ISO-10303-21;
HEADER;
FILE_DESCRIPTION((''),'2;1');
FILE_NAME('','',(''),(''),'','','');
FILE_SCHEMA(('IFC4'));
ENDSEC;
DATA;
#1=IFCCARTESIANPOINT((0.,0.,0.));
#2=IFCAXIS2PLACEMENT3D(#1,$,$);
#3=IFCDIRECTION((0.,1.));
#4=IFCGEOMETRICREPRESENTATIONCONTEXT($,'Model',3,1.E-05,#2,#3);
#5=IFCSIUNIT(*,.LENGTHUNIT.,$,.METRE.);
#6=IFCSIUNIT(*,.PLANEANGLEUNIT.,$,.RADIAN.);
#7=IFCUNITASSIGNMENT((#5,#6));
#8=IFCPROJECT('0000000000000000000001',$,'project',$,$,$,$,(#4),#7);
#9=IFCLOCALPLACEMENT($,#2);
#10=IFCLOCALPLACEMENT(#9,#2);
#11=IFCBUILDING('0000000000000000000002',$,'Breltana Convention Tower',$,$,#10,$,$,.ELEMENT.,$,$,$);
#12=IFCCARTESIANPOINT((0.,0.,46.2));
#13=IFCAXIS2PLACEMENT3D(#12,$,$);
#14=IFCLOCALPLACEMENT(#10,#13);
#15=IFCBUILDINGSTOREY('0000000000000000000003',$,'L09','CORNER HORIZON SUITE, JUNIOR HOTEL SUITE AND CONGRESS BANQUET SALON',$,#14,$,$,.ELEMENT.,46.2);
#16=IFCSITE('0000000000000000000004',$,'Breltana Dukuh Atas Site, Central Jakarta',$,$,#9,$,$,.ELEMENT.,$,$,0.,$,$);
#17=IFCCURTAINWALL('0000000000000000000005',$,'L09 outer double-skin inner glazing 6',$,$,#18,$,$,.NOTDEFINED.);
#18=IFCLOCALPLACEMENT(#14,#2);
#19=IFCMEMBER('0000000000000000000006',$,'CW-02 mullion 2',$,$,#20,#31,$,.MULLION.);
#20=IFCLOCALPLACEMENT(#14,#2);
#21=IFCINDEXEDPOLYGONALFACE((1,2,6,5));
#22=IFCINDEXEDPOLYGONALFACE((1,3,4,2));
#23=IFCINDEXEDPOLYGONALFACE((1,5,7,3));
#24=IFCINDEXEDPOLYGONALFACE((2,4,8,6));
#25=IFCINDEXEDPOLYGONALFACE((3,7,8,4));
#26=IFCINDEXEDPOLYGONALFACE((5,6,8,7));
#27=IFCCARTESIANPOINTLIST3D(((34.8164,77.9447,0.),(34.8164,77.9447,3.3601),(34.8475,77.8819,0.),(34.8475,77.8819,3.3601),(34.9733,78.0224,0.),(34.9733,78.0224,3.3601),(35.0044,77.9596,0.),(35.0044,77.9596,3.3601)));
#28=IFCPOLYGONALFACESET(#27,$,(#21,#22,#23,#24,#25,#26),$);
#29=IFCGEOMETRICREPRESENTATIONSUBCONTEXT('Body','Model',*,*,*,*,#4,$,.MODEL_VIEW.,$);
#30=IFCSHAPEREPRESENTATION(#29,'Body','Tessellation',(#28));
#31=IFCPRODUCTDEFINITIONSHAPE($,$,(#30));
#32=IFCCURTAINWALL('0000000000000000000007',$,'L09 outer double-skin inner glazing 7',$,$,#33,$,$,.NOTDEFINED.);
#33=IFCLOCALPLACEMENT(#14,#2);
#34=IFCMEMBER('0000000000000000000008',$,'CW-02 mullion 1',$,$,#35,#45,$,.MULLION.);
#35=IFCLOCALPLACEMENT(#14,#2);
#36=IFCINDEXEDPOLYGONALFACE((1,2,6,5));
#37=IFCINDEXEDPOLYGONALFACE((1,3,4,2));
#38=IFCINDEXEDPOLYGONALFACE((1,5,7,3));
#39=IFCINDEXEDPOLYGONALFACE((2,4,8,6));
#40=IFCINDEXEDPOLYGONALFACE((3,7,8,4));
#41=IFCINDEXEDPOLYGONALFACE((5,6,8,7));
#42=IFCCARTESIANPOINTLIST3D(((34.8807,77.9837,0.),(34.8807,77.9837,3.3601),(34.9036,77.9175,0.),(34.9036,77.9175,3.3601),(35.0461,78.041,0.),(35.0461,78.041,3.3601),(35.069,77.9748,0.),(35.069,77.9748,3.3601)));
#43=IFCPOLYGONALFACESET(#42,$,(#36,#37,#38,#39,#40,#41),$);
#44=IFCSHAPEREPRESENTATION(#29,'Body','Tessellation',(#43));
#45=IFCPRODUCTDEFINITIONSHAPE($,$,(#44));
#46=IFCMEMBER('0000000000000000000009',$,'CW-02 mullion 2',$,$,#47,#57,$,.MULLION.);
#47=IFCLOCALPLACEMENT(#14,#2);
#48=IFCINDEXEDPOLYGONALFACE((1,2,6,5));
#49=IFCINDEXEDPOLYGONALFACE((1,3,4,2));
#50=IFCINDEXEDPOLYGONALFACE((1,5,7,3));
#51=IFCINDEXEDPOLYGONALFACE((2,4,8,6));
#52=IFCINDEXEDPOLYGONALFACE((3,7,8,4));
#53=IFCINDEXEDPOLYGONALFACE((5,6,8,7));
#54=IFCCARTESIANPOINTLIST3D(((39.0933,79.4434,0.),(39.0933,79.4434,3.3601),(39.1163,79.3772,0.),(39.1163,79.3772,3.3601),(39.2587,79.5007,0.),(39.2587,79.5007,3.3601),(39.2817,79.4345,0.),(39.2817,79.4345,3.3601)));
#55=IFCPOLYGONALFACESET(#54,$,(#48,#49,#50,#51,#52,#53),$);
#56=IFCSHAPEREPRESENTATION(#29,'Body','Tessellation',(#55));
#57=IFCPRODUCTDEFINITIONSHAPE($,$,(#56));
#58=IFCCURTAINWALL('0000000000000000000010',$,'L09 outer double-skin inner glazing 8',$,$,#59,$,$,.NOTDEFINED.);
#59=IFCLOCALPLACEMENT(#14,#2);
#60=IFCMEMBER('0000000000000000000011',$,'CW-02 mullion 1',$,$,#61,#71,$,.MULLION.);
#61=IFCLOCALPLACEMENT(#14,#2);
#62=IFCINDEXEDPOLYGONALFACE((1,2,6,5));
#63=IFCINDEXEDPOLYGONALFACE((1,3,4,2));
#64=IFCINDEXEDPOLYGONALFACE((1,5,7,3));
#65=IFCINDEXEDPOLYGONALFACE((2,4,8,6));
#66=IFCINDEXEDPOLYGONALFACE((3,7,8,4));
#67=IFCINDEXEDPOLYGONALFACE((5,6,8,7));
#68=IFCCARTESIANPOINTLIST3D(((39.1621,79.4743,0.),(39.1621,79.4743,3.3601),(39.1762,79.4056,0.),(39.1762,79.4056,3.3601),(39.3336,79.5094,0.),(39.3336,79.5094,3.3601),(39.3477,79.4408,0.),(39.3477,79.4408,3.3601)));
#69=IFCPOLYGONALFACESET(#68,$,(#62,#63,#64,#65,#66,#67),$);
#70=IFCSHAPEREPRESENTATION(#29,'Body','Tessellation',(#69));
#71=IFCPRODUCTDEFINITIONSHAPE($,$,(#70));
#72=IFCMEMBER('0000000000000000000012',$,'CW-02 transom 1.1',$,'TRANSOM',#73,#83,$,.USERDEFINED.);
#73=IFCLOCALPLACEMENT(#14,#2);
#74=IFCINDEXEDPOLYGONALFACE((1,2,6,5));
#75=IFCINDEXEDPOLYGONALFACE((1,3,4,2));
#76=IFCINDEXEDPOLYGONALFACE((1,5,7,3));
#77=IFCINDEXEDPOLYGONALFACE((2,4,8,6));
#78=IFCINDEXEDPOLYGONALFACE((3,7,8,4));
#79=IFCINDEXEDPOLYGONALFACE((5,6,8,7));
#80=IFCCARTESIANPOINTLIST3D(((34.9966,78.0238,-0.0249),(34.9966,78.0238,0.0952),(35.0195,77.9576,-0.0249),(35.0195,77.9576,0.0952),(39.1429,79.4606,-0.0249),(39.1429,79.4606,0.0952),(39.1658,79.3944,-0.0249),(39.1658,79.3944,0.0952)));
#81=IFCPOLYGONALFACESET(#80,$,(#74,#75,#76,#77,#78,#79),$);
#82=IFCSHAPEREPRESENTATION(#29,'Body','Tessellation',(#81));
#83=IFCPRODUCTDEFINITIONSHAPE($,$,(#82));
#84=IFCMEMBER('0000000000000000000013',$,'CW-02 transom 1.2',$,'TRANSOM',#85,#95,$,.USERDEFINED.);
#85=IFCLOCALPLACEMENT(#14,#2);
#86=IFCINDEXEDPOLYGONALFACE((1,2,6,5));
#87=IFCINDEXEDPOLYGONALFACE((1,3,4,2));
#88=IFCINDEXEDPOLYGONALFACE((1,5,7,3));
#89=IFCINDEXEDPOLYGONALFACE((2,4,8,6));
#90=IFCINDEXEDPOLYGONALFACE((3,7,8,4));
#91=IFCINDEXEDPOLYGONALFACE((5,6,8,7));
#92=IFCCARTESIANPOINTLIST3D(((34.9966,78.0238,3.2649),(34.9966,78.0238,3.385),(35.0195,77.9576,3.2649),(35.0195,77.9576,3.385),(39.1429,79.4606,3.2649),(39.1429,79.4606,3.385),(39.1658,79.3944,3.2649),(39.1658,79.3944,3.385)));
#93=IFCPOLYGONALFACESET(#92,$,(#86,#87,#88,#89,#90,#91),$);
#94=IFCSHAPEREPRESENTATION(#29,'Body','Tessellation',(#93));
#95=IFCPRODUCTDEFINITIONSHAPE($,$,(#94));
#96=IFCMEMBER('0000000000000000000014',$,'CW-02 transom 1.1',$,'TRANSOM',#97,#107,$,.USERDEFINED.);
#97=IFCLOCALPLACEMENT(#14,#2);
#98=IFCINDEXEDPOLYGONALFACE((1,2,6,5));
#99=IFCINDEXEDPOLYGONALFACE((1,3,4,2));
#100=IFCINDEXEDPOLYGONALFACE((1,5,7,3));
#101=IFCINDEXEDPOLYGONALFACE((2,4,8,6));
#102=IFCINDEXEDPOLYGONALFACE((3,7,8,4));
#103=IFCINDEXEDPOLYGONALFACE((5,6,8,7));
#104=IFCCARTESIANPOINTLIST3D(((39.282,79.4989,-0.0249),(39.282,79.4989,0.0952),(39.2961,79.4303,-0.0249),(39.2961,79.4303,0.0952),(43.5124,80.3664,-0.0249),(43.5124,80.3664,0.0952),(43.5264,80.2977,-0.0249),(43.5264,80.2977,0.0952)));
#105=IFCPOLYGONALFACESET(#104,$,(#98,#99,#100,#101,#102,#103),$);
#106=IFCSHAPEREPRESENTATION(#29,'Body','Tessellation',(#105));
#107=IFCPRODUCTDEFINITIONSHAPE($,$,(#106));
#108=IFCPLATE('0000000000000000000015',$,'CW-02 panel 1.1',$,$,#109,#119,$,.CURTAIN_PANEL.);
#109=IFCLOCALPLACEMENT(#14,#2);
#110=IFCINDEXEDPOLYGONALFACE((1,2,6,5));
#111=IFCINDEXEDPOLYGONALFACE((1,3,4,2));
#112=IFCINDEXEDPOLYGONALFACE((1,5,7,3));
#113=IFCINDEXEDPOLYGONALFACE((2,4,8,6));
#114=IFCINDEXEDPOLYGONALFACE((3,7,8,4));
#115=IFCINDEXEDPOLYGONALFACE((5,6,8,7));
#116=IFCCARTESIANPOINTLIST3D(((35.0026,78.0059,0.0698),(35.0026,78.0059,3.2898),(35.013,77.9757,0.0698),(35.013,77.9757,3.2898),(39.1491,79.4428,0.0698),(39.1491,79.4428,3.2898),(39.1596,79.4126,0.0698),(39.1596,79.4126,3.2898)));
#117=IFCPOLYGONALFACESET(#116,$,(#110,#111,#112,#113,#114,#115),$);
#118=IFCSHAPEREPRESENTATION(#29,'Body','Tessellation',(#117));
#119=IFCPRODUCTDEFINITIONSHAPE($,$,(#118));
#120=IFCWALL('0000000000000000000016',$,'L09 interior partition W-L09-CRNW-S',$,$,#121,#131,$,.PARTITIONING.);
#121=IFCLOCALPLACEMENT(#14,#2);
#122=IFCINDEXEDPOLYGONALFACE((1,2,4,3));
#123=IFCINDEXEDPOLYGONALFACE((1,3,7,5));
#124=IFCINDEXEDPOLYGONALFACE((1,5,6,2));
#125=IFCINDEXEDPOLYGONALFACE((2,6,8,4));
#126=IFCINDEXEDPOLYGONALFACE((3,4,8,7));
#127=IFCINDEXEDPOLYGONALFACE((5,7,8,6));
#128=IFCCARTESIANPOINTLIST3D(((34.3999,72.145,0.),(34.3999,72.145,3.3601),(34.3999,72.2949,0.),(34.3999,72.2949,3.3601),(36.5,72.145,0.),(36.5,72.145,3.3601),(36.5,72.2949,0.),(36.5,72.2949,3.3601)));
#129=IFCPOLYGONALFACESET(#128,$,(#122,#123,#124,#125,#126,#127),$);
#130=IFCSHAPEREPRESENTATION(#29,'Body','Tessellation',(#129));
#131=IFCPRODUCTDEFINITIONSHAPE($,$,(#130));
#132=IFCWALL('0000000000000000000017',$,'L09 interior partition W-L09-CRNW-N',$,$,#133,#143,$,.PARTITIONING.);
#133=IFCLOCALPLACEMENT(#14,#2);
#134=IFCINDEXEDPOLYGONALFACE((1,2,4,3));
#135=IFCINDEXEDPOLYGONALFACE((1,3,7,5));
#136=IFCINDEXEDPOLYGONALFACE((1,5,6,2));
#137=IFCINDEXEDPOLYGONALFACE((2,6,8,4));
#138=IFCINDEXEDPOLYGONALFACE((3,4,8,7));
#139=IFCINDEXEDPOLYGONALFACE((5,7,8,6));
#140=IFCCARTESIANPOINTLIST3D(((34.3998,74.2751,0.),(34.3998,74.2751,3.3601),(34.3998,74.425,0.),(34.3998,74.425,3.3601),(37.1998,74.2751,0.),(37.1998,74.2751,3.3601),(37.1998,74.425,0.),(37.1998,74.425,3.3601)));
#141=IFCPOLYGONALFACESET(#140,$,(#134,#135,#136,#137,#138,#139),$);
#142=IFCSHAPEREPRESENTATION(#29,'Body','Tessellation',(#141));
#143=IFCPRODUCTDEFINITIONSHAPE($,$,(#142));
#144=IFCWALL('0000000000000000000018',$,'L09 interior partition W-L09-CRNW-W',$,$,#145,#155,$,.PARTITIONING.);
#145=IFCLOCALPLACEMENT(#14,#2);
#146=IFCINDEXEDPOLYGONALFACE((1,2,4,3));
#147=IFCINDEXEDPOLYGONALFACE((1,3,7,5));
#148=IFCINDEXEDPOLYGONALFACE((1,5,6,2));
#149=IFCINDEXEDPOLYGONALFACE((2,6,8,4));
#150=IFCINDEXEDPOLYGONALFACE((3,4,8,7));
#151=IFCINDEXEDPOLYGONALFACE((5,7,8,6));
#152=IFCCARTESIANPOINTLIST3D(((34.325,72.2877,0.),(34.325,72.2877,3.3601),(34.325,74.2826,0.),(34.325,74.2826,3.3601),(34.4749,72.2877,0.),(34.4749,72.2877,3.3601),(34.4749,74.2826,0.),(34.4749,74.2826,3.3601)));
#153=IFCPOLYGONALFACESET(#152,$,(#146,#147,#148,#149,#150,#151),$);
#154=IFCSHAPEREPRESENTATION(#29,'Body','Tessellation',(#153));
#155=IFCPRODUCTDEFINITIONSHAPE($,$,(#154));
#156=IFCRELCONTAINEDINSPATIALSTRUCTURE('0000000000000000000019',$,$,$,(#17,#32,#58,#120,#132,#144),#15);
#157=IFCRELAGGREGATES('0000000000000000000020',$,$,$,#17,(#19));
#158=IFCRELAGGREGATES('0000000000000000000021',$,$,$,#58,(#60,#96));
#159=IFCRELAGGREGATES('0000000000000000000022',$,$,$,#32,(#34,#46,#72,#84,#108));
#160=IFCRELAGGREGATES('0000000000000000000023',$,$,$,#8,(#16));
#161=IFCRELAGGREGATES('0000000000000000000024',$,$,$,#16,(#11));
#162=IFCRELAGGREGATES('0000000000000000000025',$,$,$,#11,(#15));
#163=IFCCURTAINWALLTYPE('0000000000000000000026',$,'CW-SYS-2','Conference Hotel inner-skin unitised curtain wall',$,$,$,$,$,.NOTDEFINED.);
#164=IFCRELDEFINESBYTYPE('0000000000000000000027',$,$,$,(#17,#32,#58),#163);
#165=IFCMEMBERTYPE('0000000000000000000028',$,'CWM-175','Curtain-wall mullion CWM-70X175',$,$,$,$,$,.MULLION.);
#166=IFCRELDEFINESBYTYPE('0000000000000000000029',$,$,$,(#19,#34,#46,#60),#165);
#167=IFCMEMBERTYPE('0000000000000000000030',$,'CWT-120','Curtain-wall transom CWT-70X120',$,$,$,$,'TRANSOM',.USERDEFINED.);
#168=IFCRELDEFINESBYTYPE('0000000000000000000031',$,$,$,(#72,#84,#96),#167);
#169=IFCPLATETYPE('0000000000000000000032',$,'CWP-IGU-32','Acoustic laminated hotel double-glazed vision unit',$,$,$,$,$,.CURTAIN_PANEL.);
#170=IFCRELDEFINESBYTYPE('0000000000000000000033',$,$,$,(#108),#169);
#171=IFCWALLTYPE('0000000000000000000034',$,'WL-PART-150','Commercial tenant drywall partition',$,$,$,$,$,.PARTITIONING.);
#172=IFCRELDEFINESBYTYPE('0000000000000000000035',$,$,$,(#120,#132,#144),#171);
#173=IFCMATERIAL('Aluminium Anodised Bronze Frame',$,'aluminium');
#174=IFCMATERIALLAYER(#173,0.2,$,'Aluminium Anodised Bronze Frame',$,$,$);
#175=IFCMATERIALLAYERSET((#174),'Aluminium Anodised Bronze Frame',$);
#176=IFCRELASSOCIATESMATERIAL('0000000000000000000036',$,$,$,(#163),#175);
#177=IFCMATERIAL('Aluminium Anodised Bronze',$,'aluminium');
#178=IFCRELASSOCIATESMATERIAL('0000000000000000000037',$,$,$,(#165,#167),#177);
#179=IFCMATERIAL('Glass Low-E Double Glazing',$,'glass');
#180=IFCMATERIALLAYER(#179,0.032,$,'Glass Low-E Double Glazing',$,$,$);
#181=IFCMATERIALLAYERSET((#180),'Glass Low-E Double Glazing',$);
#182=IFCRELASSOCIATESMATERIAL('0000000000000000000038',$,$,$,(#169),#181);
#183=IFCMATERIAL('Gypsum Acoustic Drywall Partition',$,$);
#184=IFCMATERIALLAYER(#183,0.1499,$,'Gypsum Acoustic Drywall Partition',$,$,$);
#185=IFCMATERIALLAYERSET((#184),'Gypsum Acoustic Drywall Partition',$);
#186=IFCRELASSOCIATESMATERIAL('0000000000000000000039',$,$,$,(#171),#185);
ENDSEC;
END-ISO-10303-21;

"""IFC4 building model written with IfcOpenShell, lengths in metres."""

from ifc_helpers import new_model, si_unit, direction, frame, frame_2d, origin, origin_2d, place, context, subcontext, project, spatial, rectangle, extrude, source, transform, mapped, material, layer, layer_set, material_profile, profile_set, type_object, type_shapes, element, aggregate, save


model = new_model("IFC4")

# Units and contexts
model_context = context("Model", 3, precision=1e-05, world=origin(), true_north=direction((0.0, 1.0)))
body_context = subcontext(model_context, "Body", "Model", "MODEL_VIEW")
ifc_project = project(units=[si_unit("LENGTHUNIT", "METRE"), si_unit("PLANEANGLEUNIT", "RADIAN")], contexts=[model_context])

# Site, building, storey
site_placement = place(None, origin())
site = spatial("IfcSite", under=ifc_project, at=site_placement, Name="Breltana Dukuh Atas Site, Central Jakarta", CompositionType="ELEMENT", RefElevation=0.0)
building_placement = place(site_placement, origin())
building = spatial("IfcBuilding", under=site, at=building_placement, Name="Breltana Convention Tower", CompositionType="ELEMENT")
storey_placement = place(building_placement, frame((0.0, 0.0, 46.2)))
storey = spatial("IfcBuildingStorey", under=building, at=storey_placement, Name="L09", Description="CORNER HORIZON SUITE, JUNIOR HOTEL SUITE AND CONGRESS BANQUET SALON", CompositionType="ELEMENT", Elevation=46.2)

# Curtain wall, member
ifc_material_1 = material(Name="Aluminium Anodised Bronze Frame", Category="aluminium")
ifc_layer_1 = layer(ifc_material_1, 0.2, Name="Aluminium Anodised Bronze Frame")
ifc_layer_set_1 = layer_set([ifc_layer_1], Name="Aluminium Anodised Bronze Frame")
curtain_wall_type = type_object("IfcCurtainWallType", Name="CW-SYS-2", Description="Conference Hotel inner-skin unitised curtain wall", PredefinedType="NOTDEFINED", material=ifc_layer_set_1)
curtain_wall_1_placement = place(storey_placement, origin())
curtain_wall_1 = element("IfcCurtainWall", 1, at=curtain_wall_1_placement, inside=storey, type_object=curtain_wall_type, Name="L09 outer double-skin inner glazing 6", PredefinedType="NOTDEFINED")
ifc_material_2 = material(Name="Aluminium Anodised Bronze", Category="aluminium")
ifc_material_profile_1 = material_profile(ifc_material_2, rectangle(XDim=0.0701, YDim=0.175, at=origin_2d()), Name="CWM-70X175")
ifc_profile_set_1 = profile_set([ifc_material_profile_1], Name="Aluminium Anodised Bronze")
member_type_1 = type_object("IfcMemberType", Name="CWM-175", Description="Curtain-wall mullion CWM-70X175", PredefinedType="MULLION", material=ifc_profile_set_1)
shared_shape_1 = source(origin(), body_context, "Body", "SweptSolid", [
    extrude(rectangle(XDim=0.0701, YDim=0.175, at=origin_2d()), origin(), (0.0, 0.0, 1.0), 3.3601),
])
type_shapes(member_type_1, [shared_shape_1])
member_1_placement = place(storey_placement, frame((34.9104, 77.9521, 0.0), z_axis=(0.0, 0.0, 1.0), x_axis=(-0.444108, 0.895973, 0.0)))
member_1 = element("IfcMember", 2, at=member_1_placement, type_object=member_type_1, Name="CW-02 mullion 2", PredefinedType="MULLION", context=body_context, shape_type="MappedRepresentation", body=[
    mapped(shared_shape_1, transform((0.0, 0.0, 0.0), scale=1.0)),
])
aggregate(curtain_wall_1, [member_1])

# Curtain wall, members
curtain_wall_2_placement = place(storey_placement, origin())
curtain_wall_2 = element("IfcCurtainWall", 3, at=curtain_wall_2_placement, inside=storey, type_object=curtain_wall_type, Name="L09 outer double-skin inner glazing 7", PredefinedType="NOTDEFINED")
member_2_placement = place(storey_placement, frame((34.9749, 77.9792, 0.0), z_axis=(0.0, 0.0, 1.0), x_axis=(-0.327428, 0.944876, 0.0)))
member_2 = element("IfcMember", 4, at=member_2_placement, type_object=member_type_1, Name="CW-02 mullion 1", PredefinedType="MULLION", context=body_context, shape_type="MappedRepresentation", body=[
    mapped(shared_shape_1, transform((0.0, 0.0, 0.0), scale=1.0)),
])
member_3_placement = place(storey_placement, frame((39.1875, 79.439, 0.0), z_axis=(0.0, 0.0, 1.0), x_axis=(-0.327428, 0.944876, 0.0)))
member_3 = element("IfcMember", 5, at=member_3_placement, type_object=member_type_1, Name="CW-02 mullion 2", PredefinedType="MULLION", context=body_context, shape_type="MappedRepresentation", body=[
    mapped(shared_shape_1, transform((0.0, 0.0, 0.0), scale=1.0)),
])

# Curtain wall, member
curtain_wall_3_placement = place(storey_placement, origin())
curtain_wall_3 = element("IfcCurtainWall", 6, at=curtain_wall_3_placement, inside=storey, type_object=curtain_wall_type, Name="L09 outer double-skin inner glazing 8", PredefinedType="NOTDEFINED")
member_4_placement = place(storey_placement, frame((39.2549, 79.4575, 0.0), z_axis=(0.0, 0.0, 1.0), x_axis=(-0.200885, 0.979615, 0.0)))
member_4 = element("IfcMember", 7, at=member_4_placement, type_object=member_type_1, Name="CW-02 mullion 1", PredefinedType="MULLION", context=body_context, shape_type="MappedRepresentation", body=[
    mapped(shared_shape_1, transform((0.0, 0.0, 0.0), scale=1.0)),
])

# Members
ifc_material_profile_2 = material_profile(ifc_material_2, rectangle(XDim=0.0701, YDim=0.1201, at=origin_2d()), Name="CWT-70X120")
ifc_profile_set_2 = profile_set([ifc_material_profile_2], Name="Aluminium Anodised Bronze")
member_type_2 = type_object("IfcMemberType", Name="CWT-120", Description="Curtain-wall transom CWT-70X120", ElementType="TRANSOM", PredefinedType="USERDEFINED", material=ifc_profile_set_2)
shared_shape_2 = source(origin(), body_context, "Body", "SweptSolid", [
    extrude(rectangle(XDim=0.0701, YDim=0.1201, at=origin_2d()), origin(), (0.0, 0.0, 1.0), 4.3882),
])
member_5_placement = place(storey_placement, frame((35.0081, 77.9907, 0.0352), z_axis=(0.944878, 0.327422, 0.0), x_axis=(-0.327422, 0.944878, 0.0)))
member_5 = element("IfcMember", 8, at=member_5_placement, type_object=member_type_2, Name="CW-02 transom 1.1", ObjectType="TRANSOM", PredefinedType="USERDEFINED", context=body_context, shape_type="MappedRepresentation", body=[
    mapped(shared_shape_2, transform((0.0, 0.0, 0.0), scale=1.0)),
])
member_6_placement = place(storey_placement, frame((35.0081, 77.9907, 3.325), z_axis=(0.944878, 0.327422, 0.0), x_axis=(-0.327422, 0.944878, 0.0)))
member_6 = element("IfcMember", 9, at=member_6_placement, type_object=member_type_2, Name="CW-02 transom 1.2", ObjectType="TRANSOM", PredefinedType="USERDEFINED", context=body_context, shape_type="MappedRepresentation", body=[
    mapped(shared_shape_2, transform((0.0, 0.0, 0.0), scale=1.0)),
])
shared_shape_3 = source(origin(), body_context, "Body", "SweptSolid", [
    extrude(rectangle(XDim=0.0701, YDim=0.1201, at=origin_2d()), origin(), (0.0, 0.0, 1.0), 4.3184),
])
member_7_placement = place(storey_placement, frame((39.2891, 79.4646, 0.0352), z_axis=(0.979617, 0.200876, 0.0), x_axis=(-0.200876, 0.979617, 0.0)))
member_7 = element("IfcMember", 10, at=member_7_placement, type_object=member_type_2, Name="CW-02 transom 1.1", ObjectType="TRANSOM", PredefinedType="USERDEFINED", context=body_context, shape_type="MappedRepresentation", body=[
    mapped(shared_shape_3, transform((0.0, 0.0, 0.0), scale=1.0)),
])
aggregate(curtain_wall_3, [member_4, member_7])

# Plate
ifc_material_3 = material(Name="Glass Low-E Double Glazing", Category="glass")
ifc_layer_2 = layer(ifc_material_3, 0.032, Name="Glass Low-E Double Glazing")
ifc_layer_set_2 = layer_set([ifc_layer_2], Name="Glass Low-E Double Glazing")
plate_type = type_object("IfcPlateType", Name="CWP-IGU-32", Description="Acoustic laminated hotel double-glazed vision unit", PredefinedType="CURTAIN_PANEL", material=ifc_layer_set_2)
shared_shape_4 = source(origin(), body_context, "Body", "SweptSolid", [
    extrude(rectangle(XDim=4.3884, YDim=0.032, at=origin_2d()), origin(), (0.0, 0.0, 1.0), 3.22),
])
plate_placement = place(storey_placement, frame((37.0811, 78.7092, 0.0698), z_axis=(0.0, 0.0, 1.0), x_axis=(0.944876, 0.327428, 0.0)))
plate = element("IfcPlate", 11, at=plate_placement, type_object=plate_type, Name="CW-02 panel 1.1", PredefinedType="CURTAIN_PANEL", context=body_context, shape_type="MappedRepresentation", body=[
    mapped(shared_shape_4, transform((0.0, 0.0, 0.0), scale=1.0)),
])
aggregate(curtain_wall_2, [member_2, member_3, member_5, member_6, plate])

# Walls
ifc_material_4 = material(Name="Gypsum Acoustic Drywall Partition")
ifc_layer_3 = layer(ifc_material_4, 0.1499, Name="Gypsum Acoustic Drywall Partition")
ifc_layer_set_3 = layer_set([ifc_layer_3], Name="Gypsum Acoustic Drywall Partition")
wall_type_1 = type_object("IfcWallType", Name="WL-PART-150", Description="Commercial tenant drywall partition", PredefinedType="PARTITIONING", material=ifc_layer_set_3)
shared_shape_5 = source(origin(), body_context, "Body", "SweptSolid", [
    extrude(rectangle(XDim=2.1001, YDim=0.1499, at=frame_2d((1.05, 0.0))), origin(), (0.0, 0.0, 1.0), 3.3601),
])
wall_1_placement = place(storey_placement, frame((34.3999, 72.22, 0.0), z_axis=(0.0, 0.0, 1.0), x_axis=(1.0, 0.0, 0.0)))
element("IfcWall", 12, at=wall_1_placement, inside=storey, type_object=wall_type_1, Name="L09 interior partition W-L09-CRNW-S", PredefinedType="PARTITIONING", context=body_context, shape_type="MappedRepresentation", body=[
    mapped(shared_shape_5, transform((0.0, 0.0, 0.0), scale=1.0)),
])
shared_shape_6 = source(origin(), body_context, "Body", "SweptSolid", [
    extrude(rectangle(XDim=2.8, YDim=0.1499, at=frame_2d((1.3999, 0.0))), origin(), (0.0, 0.0, 1.0), 3.3601),
])
wall_2_placement = place(storey_placement, frame((34.3999, 74.3501, 0.0), z_axis=(0.0, 0.0, 1.0), x_axis=(1.0, 0.0, 0.0)))
element("IfcWall", 13, at=wall_2_placement, inside=storey, type_object=wall_type_1, Name="L09 interior partition W-L09-CRNW-N", PredefinedType="PARTITIONING", context=body_context, shape_type="MappedRepresentation", body=[
    mapped(shared_shape_6, transform((0.0, 0.0, 0.0), scale=1.0)),
])
shared_shape_7 = source(origin(), body_context, "Body", "SweptSolid", [
    extrude(rectangle(XDim=1.9949, YDim=0.1499, at=frame_2d((0.9976, 0.0))), origin(), (0.0, 0.0, 1.0), 3.3601),
])
wall_3_placement = place(storey_placement, frame((34.3999, 72.2876, 0.0), z_axis=(0.0, 0.0, 1.0), x_axis=(0.0, 1.0, 0.0)))
element("IfcWall", 14, at=wall_3_placement, inside=storey, type_object=wall_type_1, Name="L09 interior partition W-L09-CRNW-W", PredefinedType="PARTITIONING", context=body_context, shape_type="MappedRepresentation", body=[
    mapped(shared_shape_7, transform((0.0, 0.0, 0.0), scale=1.0)),
])

save(model, "model.ifc")
